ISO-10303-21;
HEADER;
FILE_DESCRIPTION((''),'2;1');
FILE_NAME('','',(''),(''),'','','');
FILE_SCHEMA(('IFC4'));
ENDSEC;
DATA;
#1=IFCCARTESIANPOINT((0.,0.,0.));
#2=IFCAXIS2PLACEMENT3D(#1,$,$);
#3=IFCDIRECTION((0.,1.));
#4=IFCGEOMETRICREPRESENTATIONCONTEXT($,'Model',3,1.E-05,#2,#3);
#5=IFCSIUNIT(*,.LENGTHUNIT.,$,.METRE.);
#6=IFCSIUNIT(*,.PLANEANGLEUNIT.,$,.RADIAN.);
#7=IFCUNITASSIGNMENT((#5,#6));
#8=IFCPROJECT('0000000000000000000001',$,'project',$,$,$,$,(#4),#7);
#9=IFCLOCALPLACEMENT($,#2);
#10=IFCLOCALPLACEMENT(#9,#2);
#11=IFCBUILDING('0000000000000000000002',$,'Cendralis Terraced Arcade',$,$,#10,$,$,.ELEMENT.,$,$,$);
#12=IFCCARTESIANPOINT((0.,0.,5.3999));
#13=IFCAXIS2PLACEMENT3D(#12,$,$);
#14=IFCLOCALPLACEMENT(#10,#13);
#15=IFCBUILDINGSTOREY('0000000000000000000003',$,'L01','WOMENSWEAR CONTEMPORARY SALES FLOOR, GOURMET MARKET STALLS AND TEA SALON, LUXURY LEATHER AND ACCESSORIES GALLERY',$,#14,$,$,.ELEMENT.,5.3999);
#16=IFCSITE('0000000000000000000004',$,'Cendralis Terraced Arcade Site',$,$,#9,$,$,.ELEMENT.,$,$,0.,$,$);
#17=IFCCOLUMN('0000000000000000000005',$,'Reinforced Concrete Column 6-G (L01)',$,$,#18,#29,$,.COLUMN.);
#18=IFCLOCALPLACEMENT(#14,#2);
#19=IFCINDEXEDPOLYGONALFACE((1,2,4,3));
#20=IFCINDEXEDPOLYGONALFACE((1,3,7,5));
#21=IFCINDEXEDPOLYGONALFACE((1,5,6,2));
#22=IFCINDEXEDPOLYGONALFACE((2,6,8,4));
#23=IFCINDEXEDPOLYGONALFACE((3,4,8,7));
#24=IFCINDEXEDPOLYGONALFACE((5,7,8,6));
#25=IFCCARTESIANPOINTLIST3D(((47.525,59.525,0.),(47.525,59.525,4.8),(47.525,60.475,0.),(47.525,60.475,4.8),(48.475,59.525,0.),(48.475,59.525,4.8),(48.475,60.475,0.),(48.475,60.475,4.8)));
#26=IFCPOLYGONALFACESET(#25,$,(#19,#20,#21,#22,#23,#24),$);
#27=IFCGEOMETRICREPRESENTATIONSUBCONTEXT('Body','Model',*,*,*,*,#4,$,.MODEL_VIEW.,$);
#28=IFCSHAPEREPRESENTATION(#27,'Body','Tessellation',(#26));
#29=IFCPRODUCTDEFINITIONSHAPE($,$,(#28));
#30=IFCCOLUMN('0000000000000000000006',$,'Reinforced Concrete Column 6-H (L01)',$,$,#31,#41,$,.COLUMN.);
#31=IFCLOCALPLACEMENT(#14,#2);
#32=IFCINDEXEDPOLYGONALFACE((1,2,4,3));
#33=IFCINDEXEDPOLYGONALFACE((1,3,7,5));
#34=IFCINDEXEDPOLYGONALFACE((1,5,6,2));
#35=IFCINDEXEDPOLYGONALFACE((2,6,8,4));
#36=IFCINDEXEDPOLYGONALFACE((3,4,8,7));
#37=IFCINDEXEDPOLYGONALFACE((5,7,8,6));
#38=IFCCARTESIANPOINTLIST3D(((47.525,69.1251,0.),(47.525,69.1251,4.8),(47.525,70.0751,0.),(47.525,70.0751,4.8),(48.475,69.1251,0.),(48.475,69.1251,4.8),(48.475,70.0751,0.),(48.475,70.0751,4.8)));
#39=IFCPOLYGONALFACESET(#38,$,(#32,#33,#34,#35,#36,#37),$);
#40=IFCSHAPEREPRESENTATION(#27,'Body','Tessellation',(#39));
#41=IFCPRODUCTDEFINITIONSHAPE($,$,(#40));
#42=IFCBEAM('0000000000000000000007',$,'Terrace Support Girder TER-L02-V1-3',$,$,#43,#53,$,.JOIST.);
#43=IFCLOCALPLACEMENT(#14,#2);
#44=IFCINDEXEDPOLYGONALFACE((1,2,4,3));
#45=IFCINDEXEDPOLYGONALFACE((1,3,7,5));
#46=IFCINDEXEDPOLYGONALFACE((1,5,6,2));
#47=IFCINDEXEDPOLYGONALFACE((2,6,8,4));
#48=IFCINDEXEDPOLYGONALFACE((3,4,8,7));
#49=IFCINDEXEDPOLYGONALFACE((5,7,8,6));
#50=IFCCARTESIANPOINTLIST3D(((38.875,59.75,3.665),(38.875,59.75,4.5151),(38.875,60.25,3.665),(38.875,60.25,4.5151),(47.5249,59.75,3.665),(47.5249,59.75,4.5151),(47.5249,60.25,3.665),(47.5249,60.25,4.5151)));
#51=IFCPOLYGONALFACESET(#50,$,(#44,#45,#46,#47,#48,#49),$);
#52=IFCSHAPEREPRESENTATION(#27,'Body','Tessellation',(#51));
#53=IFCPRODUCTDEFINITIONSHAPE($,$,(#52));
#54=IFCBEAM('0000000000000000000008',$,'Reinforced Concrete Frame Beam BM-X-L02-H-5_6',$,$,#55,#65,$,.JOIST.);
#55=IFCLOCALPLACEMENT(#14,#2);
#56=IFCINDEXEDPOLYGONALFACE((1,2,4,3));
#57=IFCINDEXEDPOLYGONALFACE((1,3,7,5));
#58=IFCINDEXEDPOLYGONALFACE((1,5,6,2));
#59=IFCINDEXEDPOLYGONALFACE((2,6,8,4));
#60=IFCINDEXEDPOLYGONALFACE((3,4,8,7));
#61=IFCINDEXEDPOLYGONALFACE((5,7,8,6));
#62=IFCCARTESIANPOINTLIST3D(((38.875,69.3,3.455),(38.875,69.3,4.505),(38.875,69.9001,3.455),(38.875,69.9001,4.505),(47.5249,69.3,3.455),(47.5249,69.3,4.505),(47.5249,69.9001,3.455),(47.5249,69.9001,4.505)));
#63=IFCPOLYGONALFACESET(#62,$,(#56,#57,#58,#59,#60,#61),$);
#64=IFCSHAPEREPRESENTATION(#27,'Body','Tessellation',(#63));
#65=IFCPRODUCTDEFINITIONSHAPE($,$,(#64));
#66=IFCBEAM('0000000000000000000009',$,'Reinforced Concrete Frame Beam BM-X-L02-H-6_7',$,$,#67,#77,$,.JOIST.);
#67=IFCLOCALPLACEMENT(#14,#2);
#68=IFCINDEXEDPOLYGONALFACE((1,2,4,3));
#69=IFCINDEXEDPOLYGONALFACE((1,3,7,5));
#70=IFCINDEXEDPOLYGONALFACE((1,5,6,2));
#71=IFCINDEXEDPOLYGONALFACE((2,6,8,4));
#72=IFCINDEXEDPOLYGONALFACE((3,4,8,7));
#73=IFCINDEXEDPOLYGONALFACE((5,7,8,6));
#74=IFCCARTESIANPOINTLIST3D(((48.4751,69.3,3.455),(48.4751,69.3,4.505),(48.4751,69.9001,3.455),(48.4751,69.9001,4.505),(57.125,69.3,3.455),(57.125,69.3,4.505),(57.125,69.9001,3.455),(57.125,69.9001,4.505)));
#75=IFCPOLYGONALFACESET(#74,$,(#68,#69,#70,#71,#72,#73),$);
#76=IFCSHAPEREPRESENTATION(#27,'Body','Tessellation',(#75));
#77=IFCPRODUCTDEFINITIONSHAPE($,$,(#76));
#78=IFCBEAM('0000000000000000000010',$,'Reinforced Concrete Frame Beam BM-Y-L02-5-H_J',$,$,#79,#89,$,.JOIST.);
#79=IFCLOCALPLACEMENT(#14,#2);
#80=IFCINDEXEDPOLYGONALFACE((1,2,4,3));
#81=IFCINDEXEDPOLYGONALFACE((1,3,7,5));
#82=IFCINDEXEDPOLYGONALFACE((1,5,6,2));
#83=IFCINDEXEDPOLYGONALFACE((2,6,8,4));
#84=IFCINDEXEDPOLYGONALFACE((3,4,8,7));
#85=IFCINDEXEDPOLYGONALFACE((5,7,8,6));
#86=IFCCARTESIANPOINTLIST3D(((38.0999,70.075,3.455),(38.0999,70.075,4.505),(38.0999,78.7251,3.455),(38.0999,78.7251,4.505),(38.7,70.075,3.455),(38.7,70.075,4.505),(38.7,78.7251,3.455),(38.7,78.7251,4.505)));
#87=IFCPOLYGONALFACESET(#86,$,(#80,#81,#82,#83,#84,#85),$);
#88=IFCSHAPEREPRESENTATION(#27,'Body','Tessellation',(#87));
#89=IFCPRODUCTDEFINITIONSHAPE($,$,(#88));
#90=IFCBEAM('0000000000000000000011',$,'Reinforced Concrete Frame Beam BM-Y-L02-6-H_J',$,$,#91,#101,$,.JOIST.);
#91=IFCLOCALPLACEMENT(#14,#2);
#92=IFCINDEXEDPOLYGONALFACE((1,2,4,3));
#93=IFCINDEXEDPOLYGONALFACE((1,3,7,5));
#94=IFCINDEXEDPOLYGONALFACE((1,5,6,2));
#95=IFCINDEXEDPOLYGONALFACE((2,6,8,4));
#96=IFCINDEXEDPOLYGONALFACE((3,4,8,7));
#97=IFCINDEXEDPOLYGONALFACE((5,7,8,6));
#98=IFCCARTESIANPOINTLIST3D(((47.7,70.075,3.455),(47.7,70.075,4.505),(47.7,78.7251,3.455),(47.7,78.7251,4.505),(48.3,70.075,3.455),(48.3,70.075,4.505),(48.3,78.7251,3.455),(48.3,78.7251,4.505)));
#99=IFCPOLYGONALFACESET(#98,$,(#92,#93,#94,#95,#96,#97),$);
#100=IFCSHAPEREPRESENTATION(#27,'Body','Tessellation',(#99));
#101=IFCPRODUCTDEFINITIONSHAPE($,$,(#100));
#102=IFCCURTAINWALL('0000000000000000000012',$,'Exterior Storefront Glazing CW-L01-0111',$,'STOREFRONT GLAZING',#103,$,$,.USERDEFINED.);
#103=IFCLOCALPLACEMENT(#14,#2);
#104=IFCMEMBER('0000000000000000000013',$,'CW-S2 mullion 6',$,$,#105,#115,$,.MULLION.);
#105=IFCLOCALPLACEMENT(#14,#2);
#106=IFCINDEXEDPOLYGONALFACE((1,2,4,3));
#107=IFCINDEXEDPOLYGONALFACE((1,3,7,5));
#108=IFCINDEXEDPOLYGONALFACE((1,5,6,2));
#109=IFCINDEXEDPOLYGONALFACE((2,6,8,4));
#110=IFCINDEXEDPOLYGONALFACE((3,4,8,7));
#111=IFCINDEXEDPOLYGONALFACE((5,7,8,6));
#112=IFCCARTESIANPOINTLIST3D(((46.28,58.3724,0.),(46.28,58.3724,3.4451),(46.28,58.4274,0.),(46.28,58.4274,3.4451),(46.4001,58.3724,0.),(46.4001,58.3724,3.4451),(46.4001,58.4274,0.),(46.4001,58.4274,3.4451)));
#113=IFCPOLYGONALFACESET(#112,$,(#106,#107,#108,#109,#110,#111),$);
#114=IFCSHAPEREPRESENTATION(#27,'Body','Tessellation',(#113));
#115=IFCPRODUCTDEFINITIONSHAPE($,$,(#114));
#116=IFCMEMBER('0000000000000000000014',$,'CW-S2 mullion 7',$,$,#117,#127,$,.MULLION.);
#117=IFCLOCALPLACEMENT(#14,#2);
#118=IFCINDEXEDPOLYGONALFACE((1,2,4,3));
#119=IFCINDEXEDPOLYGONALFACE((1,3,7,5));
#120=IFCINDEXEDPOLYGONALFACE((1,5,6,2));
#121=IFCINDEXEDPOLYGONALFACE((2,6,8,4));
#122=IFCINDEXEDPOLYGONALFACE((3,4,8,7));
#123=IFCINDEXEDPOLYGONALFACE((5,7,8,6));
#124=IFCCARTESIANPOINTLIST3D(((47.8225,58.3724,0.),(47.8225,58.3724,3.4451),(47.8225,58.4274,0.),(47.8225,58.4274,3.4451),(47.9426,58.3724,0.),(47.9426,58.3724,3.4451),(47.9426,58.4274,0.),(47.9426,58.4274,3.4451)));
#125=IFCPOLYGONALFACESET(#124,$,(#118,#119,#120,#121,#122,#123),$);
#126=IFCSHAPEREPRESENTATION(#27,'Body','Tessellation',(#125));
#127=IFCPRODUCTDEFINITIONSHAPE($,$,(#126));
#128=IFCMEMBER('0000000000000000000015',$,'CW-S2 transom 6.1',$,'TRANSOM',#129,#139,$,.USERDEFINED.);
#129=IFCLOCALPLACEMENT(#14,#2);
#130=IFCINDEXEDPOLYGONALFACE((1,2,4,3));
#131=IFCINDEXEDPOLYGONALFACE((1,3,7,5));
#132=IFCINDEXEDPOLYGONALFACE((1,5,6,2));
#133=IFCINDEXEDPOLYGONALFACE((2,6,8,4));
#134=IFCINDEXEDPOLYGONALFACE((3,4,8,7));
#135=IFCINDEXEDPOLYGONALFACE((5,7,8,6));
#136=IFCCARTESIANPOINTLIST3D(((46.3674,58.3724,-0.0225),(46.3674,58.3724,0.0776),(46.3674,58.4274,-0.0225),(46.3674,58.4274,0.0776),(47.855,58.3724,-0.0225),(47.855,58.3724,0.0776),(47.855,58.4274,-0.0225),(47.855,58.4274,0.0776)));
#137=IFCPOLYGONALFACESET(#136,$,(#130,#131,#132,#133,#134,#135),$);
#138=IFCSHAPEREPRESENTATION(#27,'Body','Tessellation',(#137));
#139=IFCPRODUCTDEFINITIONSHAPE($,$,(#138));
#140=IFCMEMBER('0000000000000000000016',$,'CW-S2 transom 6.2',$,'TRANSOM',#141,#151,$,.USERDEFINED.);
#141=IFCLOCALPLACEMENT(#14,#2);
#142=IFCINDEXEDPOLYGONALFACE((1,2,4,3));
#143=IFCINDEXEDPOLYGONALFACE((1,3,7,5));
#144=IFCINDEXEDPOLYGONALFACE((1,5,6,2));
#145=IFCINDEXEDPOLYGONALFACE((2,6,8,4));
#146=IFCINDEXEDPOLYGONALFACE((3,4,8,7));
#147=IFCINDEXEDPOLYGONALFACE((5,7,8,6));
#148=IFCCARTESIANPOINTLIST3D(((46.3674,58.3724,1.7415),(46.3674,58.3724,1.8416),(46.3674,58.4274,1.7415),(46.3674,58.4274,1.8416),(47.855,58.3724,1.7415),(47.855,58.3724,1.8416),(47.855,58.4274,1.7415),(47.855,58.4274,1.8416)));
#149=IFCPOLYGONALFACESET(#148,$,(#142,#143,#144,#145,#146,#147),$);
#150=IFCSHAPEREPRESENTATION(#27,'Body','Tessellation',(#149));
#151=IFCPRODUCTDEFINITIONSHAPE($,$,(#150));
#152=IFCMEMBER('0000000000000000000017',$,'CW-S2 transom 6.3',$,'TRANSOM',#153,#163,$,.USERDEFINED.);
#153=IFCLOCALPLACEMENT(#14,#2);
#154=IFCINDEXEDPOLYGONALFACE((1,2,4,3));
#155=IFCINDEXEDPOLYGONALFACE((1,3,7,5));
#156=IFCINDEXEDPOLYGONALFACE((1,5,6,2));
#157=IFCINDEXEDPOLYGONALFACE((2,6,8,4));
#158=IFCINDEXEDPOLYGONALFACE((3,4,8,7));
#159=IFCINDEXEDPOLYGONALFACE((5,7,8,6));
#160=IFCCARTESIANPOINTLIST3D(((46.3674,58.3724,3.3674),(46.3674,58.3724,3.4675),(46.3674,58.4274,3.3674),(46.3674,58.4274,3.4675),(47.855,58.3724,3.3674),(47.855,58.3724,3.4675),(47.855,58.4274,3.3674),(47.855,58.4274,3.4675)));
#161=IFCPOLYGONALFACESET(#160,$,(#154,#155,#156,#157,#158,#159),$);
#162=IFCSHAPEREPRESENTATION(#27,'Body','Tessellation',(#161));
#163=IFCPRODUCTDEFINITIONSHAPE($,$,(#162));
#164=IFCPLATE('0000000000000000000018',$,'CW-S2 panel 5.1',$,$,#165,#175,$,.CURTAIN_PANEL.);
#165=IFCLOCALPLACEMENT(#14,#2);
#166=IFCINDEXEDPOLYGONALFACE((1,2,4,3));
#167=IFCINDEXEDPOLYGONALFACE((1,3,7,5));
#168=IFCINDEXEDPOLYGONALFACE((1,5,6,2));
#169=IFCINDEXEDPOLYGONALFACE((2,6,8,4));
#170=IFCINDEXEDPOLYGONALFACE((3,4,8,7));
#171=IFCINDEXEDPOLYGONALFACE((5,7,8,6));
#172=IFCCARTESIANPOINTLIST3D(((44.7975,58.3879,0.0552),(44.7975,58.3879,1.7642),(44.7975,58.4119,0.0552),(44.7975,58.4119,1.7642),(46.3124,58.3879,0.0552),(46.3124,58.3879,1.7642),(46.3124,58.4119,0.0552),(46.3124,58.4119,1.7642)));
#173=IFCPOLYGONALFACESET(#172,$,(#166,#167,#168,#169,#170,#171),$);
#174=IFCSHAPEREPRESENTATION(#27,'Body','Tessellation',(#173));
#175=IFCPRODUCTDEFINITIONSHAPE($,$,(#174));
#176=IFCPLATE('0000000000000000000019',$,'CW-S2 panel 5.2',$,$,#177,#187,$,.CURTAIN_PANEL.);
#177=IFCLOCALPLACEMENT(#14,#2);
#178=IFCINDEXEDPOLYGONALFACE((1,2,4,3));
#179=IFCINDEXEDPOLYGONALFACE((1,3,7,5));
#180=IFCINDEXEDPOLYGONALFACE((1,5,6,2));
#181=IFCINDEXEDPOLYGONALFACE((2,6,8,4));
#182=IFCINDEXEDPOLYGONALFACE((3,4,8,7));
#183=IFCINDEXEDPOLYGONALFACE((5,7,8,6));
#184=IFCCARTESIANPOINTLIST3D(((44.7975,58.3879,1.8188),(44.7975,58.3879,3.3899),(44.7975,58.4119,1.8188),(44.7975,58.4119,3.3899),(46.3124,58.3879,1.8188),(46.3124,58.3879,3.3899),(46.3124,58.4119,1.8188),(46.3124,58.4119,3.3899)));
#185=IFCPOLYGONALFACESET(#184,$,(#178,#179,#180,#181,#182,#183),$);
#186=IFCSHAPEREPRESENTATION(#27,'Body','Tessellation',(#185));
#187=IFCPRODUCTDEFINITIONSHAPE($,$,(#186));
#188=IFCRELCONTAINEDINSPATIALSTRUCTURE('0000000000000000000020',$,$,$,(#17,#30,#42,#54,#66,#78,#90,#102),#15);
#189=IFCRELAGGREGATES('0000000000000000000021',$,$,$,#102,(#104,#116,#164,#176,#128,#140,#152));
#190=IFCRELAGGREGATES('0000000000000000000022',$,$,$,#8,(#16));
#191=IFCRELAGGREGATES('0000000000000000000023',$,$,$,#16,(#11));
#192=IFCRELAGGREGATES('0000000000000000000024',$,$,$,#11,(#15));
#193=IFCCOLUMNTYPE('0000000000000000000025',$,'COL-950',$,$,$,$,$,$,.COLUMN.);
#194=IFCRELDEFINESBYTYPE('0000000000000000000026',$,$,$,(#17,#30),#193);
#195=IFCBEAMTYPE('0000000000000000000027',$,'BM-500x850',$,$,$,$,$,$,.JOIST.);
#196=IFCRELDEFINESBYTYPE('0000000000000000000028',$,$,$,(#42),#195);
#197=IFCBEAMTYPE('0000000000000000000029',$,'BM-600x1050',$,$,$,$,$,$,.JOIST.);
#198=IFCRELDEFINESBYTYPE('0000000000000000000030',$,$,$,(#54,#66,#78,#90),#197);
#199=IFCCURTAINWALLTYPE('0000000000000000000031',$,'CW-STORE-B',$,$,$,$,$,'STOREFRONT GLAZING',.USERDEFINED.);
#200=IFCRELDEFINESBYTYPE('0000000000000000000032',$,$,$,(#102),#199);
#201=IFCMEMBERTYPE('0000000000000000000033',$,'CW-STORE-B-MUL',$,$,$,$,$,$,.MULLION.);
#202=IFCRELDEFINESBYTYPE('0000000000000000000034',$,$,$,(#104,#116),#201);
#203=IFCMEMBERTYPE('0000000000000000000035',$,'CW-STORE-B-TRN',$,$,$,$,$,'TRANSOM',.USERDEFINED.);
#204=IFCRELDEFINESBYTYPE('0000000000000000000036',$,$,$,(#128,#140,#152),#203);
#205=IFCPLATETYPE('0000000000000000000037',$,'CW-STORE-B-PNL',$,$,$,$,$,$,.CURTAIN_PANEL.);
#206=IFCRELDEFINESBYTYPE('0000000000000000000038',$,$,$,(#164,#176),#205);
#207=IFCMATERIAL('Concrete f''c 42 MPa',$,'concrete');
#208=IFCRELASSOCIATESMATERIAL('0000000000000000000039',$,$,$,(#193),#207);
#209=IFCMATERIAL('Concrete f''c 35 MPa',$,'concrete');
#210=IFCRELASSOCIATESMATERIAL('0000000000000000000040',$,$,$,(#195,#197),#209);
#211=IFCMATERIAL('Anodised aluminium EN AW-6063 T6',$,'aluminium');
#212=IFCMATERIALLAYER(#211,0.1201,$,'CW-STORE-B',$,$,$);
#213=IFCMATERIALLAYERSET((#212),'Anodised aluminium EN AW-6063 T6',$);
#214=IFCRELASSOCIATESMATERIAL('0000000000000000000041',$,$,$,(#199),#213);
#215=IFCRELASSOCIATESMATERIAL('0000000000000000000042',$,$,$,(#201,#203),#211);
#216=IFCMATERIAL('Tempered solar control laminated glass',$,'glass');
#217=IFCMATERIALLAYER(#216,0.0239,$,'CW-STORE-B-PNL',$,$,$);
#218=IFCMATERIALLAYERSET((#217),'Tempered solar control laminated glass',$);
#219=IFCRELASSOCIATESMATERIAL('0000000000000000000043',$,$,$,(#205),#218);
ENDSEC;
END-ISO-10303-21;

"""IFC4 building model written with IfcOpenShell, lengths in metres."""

from ifc_helpers import new_model, si_unit, direction, frame, origin, origin_2d, place, context, subcontext, project, spatial, rectangle, extrude, material, layer, layer_set, material_profile, profile_set, type_object, element, aggregate, save


model = new_model("IFC4")

# Units and contexts
model_context = context("Model", 3, precision=1e-05, world=origin(), true_north=direction((0.0, 1.0)))
body_context = subcontext(model_context, "Body", "Model", "MODEL_VIEW")
ifc_project = project(units=[si_unit("LENGTHUNIT", "METRE"), si_unit("PLANEANGLEUNIT", "RADIAN")], contexts=[model_context])

# Site, building, storey
site_placement = place(None, origin())
site = spatial("IfcSite", under=ifc_project, at=site_placement, Name="Cendralis Terraced Arcade Site", CompositionType="ELEMENT", RefElevation=0.0)
building_placement = place(site_placement, origin())
building = spatial("IfcBuilding", under=site, at=building_placement, Name="Cendralis Terraced Arcade", CompositionType="ELEMENT")
storey_placement = place(building_placement, frame((0.0, 0.0, 5.3999)))
storey = spatial("IfcBuildingStorey", under=building, at=storey_placement, Name="L01", Description="WOMENSWEAR CONTEMPORARY SALES FLOOR, GOURMET MARKET STALLS AND TEA SALON, LUXURY LEATHER AND ACCESSORIES GALLERY", CompositionType="ELEMENT", Elevation=5.3999)

# Columns
ifc_material_1 = material(Name="Concrete f'c 42 MPa", Category="concrete")
ifc_material_profile_1 = material_profile(ifc_material_1, rectangle(XDim=0.95, YDim=0.95, at=origin_2d()), Name="RC-COL-950x950", Category="LoadBearing")
ifc_profile_set_1 = profile_set([ifc_material_profile_1], Name="Concrete f'c 42 MPa")
column_type = type_object("IfcColumnType", Name="COL-950", PredefinedType="COLUMN", material=ifc_profile_set_1)
for number, where, z_axis, x_axis, name in (
    (1, (48.0, 60.0, 0.0), (0.0, 0.0, 1.0), (1.0, 0.0, 0.0), "Reinforced Concrete Column 6-G (L01)"),
    (2, (48.0, 69.6001, 0.0), (0.0, 0.0, 1.0), (1.0, 0.0, 0.0), "Reinforced Concrete Column 6-H (L01)"),
):
    element("IfcColumn", number, at=place(storey_placement, frame(where, z_axis=z_axis, x_axis=x_axis)), inside=storey, type_object=column_type, Name=name, PredefinedType="COLUMN", context=body_context, shape_type="SweptSolid", body=[
        extrude(rectangle(XDim=0.95, YDim=0.95, at=origin_2d()), origin(), (0.0, 0.0, 1.0), 4.8),
    ])

# Beams
ifc_material_2 = material(Name="Concrete f'c 35 MPa", Category="concrete")
ifc_material_profile_2 = material_profile(ifc_material_2, rectangle(XDim=0.5, YDim=0.8501, at=origin_2d()), Name="RC-BM-500x850", Category="LoadBearing")
ifc_profile_set_2 = profile_set([ifc_material_profile_2], Name="Concrete f'c 35 MPa")
beam_type_1 = type_object("IfcBeamType", Name="BM-500x850", PredefinedType="JOIST", material=ifc_profile_set_2)
beam_placement = place(storey_placement, frame((38.875, 60.0, 4.0901), z_axis=(1.0, 0.0, 0.0), x_axis=(0.0, 1.0, 0.0)))
element("IfcBeam", 3, at=beam_placement, inside=storey, type_object=beam_type_1, Name="Terrace Support Girder TER-L02-V1-3", PredefinedType="JOIST", context=body_context, shape_type="SweptSolid", body=[
    extrude(rectangle(XDim=0.5, YDim=0.8501, at=origin_2d()), origin(), (0.0, 0.0, 1.0), 8.6499),
])
ifc_material_profile_3 = material_profile(ifc_material_2, rectangle(XDim=0.6001, YDim=1.05, at=origin_2d()), Name="RC-BM-600x1050", Category="LoadBearing")
ifc_profile_set_3 = profile_set([ifc_material_profile_3], Name="Concrete f'c 35 MPa")
beam_type_2 = type_object("IfcBeamType", Name="BM-600x1050", PredefinedType="JOIST", material=ifc_profile_set_3)
for number, where, z_axis, x_axis, name in (
    (4, (38.875, 69.6001, 3.98), (1.0, 0.0, 0.0), (0.0, 1.0, 0.0), "Reinforced Concrete Frame Beam BM-X-L02-H-5_6"),
    (5, (48.4751, 69.6001, 3.98), (1.0, 0.0, 0.0), (0.0, 1.0, 0.0), "Reinforced Concrete Frame Beam BM-X-L02-H-6_7"),
):
    element("IfcBeam", number, at=place(storey_placement, frame(where, z_axis=z_axis, x_axis=x_axis)), inside=storey, type_object=beam_type_2, Name=name, PredefinedType="JOIST", context=body_context, shape_type="SweptSolid", body=[
        extrude(rectangle(XDim=0.6001, YDim=1.05, at=origin_2d()), origin(), (0.0, 0.0, 1.0), 8.6499),
    ])
for number, where, z_axis, x_axis, name in (
    (6, (38.3999, 70.075, 3.98), (0.0, 1.0, 0.0), (-1.0, 0.0, 0.0), "Reinforced Concrete Frame Beam BM-Y-L02-5-H_J"),
    (7, (48.0, 70.075, 3.98), (0.0, 1.0, 0.0), (-1.0, 0.0, 0.0), "Reinforced Concrete Frame Beam BM-Y-L02-6-H_J"),
):
    element("IfcBeam", number, at=place(storey_placement, frame(where, z_axis=z_axis, x_axis=x_axis)), inside=storey, type_object=beam_type_2, Name=name, PredefinedType="JOIST", context=body_context, shape_type="SweptSolid", body=[
        extrude(rectangle(XDim=0.6001, YDim=1.05, at=origin_2d()), origin(), (0.0, 0.0, 1.0), 8.6501),
    ])

# Curtain wall, members, plates
ifc_material_3 = material(Name="Anodised aluminium EN AW-6063 T6", Category="aluminium")
ifc_layer_1 = layer(ifc_material_3, 0.1201, Name="CW-STORE-B")
ifc_layer_set_1 = layer_set([ifc_layer_1], Name="Anodised aluminium EN AW-6063 T6")
curtain_wall_type = type_object("IfcCurtainWallType", Name="CW-STORE-B", ElementType="STOREFRONT GLAZING", PredefinedType="USERDEFINED", material=ifc_layer_set_1)
curtain_wall_placement = place(storey_placement, origin())
curtain_wall = element("IfcCurtainWall", 8, at=curtain_wall_placement, inside=storey, type_object=curtain_wall_type, Name="Exterior Storefront Glazing CW-L01-0111", ObjectType="STOREFRONT GLAZING", PredefinedType="USERDEFINED")
ifc_material_profile_4 = material_profile(ifc_material_3, rectangle(XDim=0.0549, YDim=0.1201, at=origin_2d()), Name="ALU-MUL-55x120")
ifc_profile_set_4 = profile_set([ifc_material_profile_4], Name="Anodised aluminium EN AW-6063 T6")
member_type_1 = type_object("IfcMemberType", Name="CW-STORE-B-MUL", PredefinedType="MULLION", material=ifc_profile_set_4)
member_1_placement = place(storey_placement, frame((46.3401, 58.3999, 0.0), z_axis=(0.0, 0.0, 1.0), x_axis=(0.0, 1.0, 0.0)))
member_1 = element("IfcMember", 9, at=member_1_placement, type_object=member_type_1, Name="CW-S2 mullion 6", PredefinedType="MULLION", context=body_context, shape_type="SweptSolid", body=[
    extrude(rectangle(XDim=0.0549, YDim=0.1201, at=origin_2d()), origin(), (0.0, 0.0, 1.0), 3.4451),
])
member_2_placement = place(storey_placement, frame((47.8826, 58.3999, 0.0), z_axis=(0.0, 0.0, 1.0), x_axis=(0.0, 1.0, 0.0)))
member_2 = element("IfcMember", 10, at=member_2_placement, type_object=member_type_1, Name="CW-S2 mullion 7", PredefinedType="MULLION", context=body_context, shape_type="SweptSolid", body=[
    extrude(rectangle(XDim=0.0549, YDim=0.1201, at=origin_2d()), origin(), (0.0, 0.0, 1.0), 3.4451),
])
ifc_material_profile_5 = material_profile(ifc_material_3, rectangle(XDim=0.0549, YDim=0.1001, at=origin_2d()), Name="ALU-TRN-55x100")
ifc_profile_set_5 = profile_set([ifc_material_profile_5], Name="Anodised aluminium EN AW-6063 T6")
member_type_2 = type_object("IfcMemberType", Name="CW-STORE-B-TRN", ElementType="TRANSOM", PredefinedType="USERDEFINED", material=ifc_profile_set_5)
member_3_placement = place(storey_placement, frame((46.3674, 58.3999, 0.0276), z_axis=(1.0, 0.0, 0.0), x_axis=(0.0, 1.0, 0.0)))
member_3 = element("IfcMember", 11, at=member_3_placement, type_object=member_type_2, Name="CW-S2 transom 6.1", ObjectType="TRANSOM", PredefinedType="USERDEFINED", context=body_context, shape_type="SweptSolid", body=[
    extrude(rectangle(XDim=0.0549, YDim=0.1001, at=origin_2d()), origin(), (0.0, 0.0, 1.0), 1.4875),
])
member_4_placement = place(storey_placement, frame((46.3674, 58.3999, 1.7915), z_axis=(1.0, 0.0, 0.0), x_axis=(0.0, 1.0, 0.0)))
member_4 = element("IfcMember", 12, at=member_4_placement, type_object=member_type_2, Name="CW-S2 transom 6.2", ObjectType="TRANSOM", PredefinedType="USERDEFINED", context=body_context, shape_type="SweptSolid", body=[
    extrude(rectangle(XDim=0.0549, YDim=0.1001, at=origin_2d()), origin(), (0.0, 0.0, 1.0), 1.4875),
])
member_5_placement = place(storey_placement, frame((46.3674, 58.3999, 3.4175), z_axis=(1.0, 0.0, 0.0), x_axis=(0.0, 1.0, 0.0)))
member_5 = element("IfcMember", 13, at=member_5_placement, type_object=member_type_2, Name="CW-S2 transom 6.3", ObjectType="TRANSOM", PredefinedType="USERDEFINED", context=body_context, shape_type="SweptSolid", body=[
    extrude(rectangle(XDim=0.0549, YDim=0.1001, at=origin_2d()), origin(), (0.0, 0.0, 1.0), 1.4875),
])
ifc_material_4 = material(Name="Tempered solar control laminated glass", Category="glass")
ifc_layer_2 = layer(ifc_material_4, 0.0239, Name="CW-STORE-B-PNL")
ifc_layer_set_2 = layer_set([ifc_layer_2], Name="Tempered solar control laminated glass")
plate_type = type_object("IfcPlateType", Name="CW-STORE-B-PNL", PredefinedType="CURTAIN_PANEL", material=ifc_layer_set_2)
plate_1_placement = place(storey_placement, frame((45.5549, 58.3999, 0.0552), z_axis=(0.0, 0.0, 1.0), x_axis=(1.0, 0.0, 0.0)))
plate_1 = element("IfcPlate", 14, at=plate_1_placement, type_object=plate_type, Name="CW-S2 panel 5.1", PredefinedType="CURTAIN_PANEL", context=body_context, shape_type="SweptSolid", body=[
    extrude(rectangle(XDim=1.5149, YDim=0.0239, at=origin_2d()), origin(), (0.0, 0.0, 1.0), 1.709),
])
plate_2_placement = place(storey_placement, frame((45.5549, 58.3999, 1.8188), z_axis=(0.0, 0.0, 1.0), x_axis=(1.0, 0.0, 0.0)))
plate_2 = element("IfcPlate", 15, at=plate_2_placement, type_object=plate_type, Name="CW-S2 panel 5.2", PredefinedType="CURTAIN_PANEL", context=body_context, shape_type="SweptSolid", body=[
    extrude(rectangle(XDim=1.5149, YDim=0.0239, at=origin_2d()), origin(), (0.0, 0.0, 1.0), 1.571),
])
aggregate(curtain_wall, [member_1, member_2, plate_1, plate_2, member_3, member_4, member_5])

save(model, "model.ifc")
